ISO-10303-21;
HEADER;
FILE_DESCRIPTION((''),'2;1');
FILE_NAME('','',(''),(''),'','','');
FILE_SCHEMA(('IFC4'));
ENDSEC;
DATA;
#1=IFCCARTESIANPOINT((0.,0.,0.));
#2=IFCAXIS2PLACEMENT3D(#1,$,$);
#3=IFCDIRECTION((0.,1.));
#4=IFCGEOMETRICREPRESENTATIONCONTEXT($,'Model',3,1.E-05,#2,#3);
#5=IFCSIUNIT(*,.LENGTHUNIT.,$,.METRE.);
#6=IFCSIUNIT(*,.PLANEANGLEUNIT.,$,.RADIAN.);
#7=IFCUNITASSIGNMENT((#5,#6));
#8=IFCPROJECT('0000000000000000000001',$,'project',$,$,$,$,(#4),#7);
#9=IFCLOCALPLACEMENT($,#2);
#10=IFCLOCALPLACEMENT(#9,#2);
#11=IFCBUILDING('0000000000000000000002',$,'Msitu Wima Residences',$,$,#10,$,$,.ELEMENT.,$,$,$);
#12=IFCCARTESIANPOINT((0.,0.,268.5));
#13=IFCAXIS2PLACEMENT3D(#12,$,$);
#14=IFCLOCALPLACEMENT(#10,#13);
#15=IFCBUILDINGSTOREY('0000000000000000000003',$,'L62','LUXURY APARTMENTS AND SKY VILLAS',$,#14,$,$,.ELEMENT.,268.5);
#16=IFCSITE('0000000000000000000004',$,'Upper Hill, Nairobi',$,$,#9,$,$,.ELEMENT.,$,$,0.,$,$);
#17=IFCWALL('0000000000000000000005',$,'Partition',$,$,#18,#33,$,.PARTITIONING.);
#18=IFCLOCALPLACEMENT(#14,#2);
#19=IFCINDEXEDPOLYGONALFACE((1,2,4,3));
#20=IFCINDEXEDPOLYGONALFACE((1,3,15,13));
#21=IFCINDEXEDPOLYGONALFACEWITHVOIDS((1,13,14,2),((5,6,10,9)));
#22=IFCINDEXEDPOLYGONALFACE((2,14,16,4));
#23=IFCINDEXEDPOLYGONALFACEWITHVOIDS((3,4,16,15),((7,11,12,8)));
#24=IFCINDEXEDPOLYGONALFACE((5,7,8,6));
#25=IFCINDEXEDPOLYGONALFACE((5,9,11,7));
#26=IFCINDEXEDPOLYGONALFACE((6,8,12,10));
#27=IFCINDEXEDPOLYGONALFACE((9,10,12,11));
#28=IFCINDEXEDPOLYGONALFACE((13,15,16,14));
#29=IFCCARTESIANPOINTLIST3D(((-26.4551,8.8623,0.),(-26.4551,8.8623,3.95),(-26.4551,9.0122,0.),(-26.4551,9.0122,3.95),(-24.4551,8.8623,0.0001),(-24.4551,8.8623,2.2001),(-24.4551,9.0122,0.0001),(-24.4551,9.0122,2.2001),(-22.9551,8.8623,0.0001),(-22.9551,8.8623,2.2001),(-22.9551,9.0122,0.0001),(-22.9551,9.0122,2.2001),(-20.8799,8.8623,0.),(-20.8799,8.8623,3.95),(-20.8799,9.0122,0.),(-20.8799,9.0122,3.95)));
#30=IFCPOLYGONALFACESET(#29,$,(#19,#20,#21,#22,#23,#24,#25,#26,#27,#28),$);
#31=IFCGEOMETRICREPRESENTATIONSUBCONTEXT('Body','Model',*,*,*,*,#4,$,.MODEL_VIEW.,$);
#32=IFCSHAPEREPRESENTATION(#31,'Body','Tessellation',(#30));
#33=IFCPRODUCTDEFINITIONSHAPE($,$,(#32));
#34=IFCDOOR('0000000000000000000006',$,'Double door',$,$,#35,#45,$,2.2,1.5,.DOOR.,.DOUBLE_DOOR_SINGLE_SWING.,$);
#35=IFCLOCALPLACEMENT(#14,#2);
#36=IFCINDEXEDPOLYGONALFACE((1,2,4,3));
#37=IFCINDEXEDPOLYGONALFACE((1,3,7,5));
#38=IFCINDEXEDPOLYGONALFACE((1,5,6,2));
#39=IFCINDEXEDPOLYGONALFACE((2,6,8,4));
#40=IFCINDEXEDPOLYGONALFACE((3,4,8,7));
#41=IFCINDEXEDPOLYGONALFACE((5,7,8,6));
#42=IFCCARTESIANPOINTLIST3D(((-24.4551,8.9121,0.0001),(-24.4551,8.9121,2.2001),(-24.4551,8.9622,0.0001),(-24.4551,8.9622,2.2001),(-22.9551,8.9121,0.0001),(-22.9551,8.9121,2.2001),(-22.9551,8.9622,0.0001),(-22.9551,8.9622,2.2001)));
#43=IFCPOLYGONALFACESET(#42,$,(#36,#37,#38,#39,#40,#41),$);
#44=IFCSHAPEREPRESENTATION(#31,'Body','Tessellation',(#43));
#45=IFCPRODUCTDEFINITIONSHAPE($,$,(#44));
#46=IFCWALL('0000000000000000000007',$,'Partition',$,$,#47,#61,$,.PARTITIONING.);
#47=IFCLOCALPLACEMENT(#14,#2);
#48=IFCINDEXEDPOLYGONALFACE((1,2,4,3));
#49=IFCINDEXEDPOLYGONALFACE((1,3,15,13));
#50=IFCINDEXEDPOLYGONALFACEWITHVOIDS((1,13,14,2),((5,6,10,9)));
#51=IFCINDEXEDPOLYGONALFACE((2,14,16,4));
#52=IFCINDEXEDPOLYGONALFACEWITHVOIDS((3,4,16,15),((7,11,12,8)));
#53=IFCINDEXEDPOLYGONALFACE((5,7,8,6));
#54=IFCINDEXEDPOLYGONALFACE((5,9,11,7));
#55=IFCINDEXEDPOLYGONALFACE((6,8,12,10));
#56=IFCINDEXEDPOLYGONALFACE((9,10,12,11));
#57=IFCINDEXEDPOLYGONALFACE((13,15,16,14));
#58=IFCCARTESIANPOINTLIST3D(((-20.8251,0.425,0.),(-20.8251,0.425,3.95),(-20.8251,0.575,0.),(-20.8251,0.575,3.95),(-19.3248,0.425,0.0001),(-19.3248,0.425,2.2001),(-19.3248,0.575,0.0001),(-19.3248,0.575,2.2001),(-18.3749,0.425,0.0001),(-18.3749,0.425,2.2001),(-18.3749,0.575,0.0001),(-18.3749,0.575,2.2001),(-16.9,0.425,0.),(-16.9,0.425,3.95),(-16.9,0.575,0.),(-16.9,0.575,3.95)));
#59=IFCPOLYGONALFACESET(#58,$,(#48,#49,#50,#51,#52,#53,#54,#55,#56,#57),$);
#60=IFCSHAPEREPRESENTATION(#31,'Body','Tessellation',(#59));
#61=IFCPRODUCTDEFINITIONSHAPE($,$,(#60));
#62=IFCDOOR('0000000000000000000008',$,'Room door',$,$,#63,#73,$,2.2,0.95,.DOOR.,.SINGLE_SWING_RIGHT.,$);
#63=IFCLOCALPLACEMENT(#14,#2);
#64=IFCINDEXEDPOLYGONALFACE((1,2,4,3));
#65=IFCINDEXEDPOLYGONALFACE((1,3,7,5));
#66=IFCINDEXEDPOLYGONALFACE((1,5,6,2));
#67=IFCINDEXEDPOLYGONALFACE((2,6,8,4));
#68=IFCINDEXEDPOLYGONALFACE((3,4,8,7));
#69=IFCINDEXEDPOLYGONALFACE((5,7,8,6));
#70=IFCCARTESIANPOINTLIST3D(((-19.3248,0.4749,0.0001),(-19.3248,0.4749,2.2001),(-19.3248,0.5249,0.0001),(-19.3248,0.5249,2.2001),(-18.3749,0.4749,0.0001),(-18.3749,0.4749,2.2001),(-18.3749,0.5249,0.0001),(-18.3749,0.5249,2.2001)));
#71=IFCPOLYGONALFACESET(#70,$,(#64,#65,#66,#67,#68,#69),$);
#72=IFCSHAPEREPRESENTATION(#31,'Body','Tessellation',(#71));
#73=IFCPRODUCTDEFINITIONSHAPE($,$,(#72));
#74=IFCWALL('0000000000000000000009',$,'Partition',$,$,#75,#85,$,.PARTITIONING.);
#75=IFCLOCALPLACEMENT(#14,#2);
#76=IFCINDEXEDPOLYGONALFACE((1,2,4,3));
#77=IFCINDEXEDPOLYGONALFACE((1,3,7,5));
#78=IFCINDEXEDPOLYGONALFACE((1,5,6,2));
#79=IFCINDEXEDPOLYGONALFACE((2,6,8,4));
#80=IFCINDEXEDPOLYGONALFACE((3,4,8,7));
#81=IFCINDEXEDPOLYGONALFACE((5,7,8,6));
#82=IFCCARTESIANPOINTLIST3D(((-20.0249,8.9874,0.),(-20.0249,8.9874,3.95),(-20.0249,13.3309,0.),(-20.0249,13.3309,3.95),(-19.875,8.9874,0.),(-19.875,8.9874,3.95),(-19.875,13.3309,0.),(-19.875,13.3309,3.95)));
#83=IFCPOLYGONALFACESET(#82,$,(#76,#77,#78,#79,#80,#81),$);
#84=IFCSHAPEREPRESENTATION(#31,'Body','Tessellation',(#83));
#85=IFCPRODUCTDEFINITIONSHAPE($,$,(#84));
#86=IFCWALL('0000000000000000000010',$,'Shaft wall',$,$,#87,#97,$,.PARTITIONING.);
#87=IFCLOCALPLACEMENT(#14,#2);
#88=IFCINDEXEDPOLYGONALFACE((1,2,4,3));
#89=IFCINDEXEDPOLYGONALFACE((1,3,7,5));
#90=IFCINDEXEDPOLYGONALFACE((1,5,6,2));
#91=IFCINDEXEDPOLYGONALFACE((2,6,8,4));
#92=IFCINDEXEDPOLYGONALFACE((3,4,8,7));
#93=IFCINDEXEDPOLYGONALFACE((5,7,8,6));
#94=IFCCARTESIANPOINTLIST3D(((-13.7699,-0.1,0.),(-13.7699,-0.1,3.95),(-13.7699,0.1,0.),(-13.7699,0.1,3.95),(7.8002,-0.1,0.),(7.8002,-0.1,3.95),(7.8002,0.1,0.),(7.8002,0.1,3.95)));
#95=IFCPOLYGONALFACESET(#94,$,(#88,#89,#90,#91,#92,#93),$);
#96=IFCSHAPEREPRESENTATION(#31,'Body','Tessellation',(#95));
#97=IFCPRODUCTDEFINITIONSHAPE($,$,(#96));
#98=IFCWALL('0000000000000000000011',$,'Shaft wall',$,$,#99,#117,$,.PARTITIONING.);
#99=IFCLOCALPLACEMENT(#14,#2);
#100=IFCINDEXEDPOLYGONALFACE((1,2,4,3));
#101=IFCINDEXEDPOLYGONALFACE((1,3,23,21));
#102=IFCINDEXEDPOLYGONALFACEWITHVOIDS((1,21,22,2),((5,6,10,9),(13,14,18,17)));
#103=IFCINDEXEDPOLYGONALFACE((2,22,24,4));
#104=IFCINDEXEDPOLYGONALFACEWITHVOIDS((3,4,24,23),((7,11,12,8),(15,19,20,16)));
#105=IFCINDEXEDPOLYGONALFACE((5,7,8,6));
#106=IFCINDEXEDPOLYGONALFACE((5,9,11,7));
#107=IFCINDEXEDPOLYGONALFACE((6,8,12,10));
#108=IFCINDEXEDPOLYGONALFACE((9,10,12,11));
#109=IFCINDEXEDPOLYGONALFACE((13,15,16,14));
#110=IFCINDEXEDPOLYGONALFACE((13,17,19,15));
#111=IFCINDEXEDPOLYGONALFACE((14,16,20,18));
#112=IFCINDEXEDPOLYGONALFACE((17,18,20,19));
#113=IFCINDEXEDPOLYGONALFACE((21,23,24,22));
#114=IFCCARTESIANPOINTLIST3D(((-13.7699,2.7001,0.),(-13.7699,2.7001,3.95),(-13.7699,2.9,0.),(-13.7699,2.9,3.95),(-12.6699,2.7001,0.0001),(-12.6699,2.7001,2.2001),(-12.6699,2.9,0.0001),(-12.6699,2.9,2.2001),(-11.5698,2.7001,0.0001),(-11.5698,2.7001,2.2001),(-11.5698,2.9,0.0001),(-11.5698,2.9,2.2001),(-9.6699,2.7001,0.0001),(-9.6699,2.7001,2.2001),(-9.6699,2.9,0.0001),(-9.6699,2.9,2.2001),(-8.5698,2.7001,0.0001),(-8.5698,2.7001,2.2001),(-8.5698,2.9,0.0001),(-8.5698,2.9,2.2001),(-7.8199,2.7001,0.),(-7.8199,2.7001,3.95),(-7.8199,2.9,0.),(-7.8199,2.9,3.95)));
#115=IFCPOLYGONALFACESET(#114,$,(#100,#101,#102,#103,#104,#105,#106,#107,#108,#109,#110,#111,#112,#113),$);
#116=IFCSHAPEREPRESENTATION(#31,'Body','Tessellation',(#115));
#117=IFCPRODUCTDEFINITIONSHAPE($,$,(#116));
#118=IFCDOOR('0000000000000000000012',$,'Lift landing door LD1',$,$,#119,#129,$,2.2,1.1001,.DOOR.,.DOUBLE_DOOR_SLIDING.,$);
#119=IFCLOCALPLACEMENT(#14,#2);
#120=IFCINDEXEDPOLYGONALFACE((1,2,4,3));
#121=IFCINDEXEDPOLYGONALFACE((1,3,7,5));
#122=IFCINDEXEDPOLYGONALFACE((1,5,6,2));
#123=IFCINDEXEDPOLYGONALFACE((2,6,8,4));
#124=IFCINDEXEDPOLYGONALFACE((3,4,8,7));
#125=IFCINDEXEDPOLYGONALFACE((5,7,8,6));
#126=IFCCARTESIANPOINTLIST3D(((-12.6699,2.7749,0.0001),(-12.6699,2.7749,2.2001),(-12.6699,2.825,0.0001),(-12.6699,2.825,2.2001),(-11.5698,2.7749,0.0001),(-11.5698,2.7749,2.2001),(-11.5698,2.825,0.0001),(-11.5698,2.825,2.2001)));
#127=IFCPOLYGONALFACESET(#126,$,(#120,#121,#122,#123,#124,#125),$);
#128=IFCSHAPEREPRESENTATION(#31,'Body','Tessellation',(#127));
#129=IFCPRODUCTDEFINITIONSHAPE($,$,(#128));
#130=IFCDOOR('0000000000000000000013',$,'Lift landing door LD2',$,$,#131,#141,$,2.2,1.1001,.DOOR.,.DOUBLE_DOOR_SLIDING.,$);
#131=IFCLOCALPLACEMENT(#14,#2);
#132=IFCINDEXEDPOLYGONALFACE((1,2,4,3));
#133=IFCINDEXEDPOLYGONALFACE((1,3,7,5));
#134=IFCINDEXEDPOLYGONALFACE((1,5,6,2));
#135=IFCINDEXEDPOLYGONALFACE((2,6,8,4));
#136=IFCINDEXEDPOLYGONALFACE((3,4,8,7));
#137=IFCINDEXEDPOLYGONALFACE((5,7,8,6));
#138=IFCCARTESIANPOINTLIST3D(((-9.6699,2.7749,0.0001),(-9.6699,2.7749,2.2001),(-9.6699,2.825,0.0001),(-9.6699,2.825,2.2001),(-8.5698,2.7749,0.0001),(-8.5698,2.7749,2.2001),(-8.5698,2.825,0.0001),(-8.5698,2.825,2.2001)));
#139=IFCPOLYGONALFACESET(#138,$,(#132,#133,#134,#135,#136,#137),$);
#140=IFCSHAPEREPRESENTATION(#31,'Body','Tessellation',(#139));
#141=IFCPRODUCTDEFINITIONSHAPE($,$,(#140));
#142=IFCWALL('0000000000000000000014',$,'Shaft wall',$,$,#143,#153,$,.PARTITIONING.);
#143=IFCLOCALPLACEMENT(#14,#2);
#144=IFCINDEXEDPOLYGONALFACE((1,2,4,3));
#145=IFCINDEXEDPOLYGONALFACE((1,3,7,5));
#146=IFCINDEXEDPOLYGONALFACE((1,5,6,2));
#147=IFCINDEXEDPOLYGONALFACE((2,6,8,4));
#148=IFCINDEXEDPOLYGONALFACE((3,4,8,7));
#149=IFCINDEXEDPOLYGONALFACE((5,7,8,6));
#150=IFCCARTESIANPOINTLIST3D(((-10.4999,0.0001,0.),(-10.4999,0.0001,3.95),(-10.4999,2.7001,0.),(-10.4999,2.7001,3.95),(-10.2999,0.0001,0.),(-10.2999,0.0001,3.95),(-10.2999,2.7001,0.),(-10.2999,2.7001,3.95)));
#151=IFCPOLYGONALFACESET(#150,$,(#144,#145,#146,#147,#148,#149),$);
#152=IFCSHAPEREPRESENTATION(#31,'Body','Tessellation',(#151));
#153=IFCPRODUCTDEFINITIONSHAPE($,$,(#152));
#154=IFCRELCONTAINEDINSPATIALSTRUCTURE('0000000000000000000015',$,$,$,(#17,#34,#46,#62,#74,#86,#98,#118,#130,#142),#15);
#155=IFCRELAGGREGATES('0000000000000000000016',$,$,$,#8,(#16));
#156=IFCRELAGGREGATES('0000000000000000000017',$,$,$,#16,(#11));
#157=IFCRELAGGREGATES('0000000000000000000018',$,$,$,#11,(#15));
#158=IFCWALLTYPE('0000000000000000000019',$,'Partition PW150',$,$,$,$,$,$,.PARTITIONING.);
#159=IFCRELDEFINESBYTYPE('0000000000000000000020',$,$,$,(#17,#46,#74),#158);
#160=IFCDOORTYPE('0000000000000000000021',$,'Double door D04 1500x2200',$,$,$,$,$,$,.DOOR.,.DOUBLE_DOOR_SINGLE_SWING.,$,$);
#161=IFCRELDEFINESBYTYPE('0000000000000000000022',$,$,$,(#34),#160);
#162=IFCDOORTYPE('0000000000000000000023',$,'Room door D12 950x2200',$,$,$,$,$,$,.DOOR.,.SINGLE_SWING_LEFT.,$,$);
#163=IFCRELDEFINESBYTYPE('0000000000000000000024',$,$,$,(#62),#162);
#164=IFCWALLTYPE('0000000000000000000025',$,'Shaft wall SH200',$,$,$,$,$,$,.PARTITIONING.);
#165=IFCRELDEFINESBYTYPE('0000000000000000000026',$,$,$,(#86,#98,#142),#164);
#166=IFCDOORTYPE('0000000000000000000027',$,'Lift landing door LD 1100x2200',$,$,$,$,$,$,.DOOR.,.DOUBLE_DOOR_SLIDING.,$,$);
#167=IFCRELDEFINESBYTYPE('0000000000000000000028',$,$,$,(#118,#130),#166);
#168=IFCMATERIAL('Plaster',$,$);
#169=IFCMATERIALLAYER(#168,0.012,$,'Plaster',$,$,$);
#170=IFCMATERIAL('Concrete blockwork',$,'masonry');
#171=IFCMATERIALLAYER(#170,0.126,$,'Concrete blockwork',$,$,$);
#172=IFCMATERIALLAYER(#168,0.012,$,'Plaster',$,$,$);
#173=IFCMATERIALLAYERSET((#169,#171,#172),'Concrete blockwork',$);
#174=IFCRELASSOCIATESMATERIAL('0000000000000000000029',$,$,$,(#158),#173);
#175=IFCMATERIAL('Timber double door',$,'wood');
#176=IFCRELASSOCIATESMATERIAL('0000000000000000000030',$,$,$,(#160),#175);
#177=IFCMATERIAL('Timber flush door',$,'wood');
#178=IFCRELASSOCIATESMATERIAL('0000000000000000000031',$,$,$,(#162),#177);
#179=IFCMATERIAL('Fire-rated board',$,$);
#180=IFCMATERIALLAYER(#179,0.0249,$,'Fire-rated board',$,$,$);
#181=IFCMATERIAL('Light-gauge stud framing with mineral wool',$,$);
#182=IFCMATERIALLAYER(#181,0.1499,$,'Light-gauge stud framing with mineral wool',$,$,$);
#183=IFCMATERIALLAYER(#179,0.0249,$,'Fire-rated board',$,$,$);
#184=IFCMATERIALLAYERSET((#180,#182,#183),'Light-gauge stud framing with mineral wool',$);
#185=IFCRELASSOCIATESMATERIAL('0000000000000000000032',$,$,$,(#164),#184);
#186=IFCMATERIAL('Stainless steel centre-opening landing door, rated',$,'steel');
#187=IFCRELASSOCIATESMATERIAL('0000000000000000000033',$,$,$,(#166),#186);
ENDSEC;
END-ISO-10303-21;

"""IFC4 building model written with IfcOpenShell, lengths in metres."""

from ifc_helpers import new_model, si_unit, direction, frame, frame_2d, origin, place, context, subcontext, project, spatial, rectangle, extrude, material, layer, layer_set, type_object, element, fill, save


model = new_model("IFC4")

# Units and contexts
model_context = context("Model", 3, precision=1e-05, world=origin(), true_north=direction((0.0, 1.0)))
body_context = subcontext(model_context, "Body", "Model", "MODEL_VIEW")
ifc_project = project(units=[si_unit("LENGTHUNIT", "METRE"), si_unit("PLANEANGLEUNIT", "RADIAN")], contexts=[model_context])

# Site, building, storey
site_placement = place(None, origin())
site = spatial("IfcSite", under=ifc_project, at=site_placement, Name="Upper Hill, Nairobi", CompositionType="ELEMENT", RefElevation=0.0)
building_placement = place(site_placement, origin())
building = spatial("IfcBuilding", under=site, at=building_placement, Name="Msitu Wima Residences", CompositionType="ELEMENT")
storey_placement = place(building_placement, frame((0.0, 0.0, 268.5)))
storey = spatial("IfcBuildingStorey", under=building, at=storey_placement, Name="L62", Description="LUXURY APARTMENTS AND SKY VILLAS", CompositionType="ELEMENT", Elevation=268.5)

# Walls, openings, doors
ifc_material_1 = material(Name="Plaster")
ifc_layer_1 = layer(ifc_material_1, 0.012, Name="Plaster")
ifc_material_2 = material(Name="Concrete blockwork", Category="masonry")
ifc_layer_2 = layer(ifc_material_2, 0.126, Name="Concrete blockwork")
ifc_layer_3 = layer(ifc_material_1, 0.012, Name="Plaster")
ifc_layer_set_1 = layer_set([ifc_layer_1, ifc_layer_2, ifc_layer_3], Name="Concrete blockwork")
wall_type_1 = type_object("IfcWallType", Name="Partition PW150", PredefinedType="PARTITIONING", material=ifc_layer_set_1)
ifc_material_3 = material(Name="Timber double door", Category="wood")
door_type_1 = type_object("IfcDoorType", Name="Double door D04 1500x2200", OperationType="DOUBLE_DOOR_SINGLE_SWING", PredefinedType="DOOR", material=ifc_material_3)
wall_1_placement = place(storey_placement, frame((-26.4551, 8.9373, 0.0), z_axis=(0.0, 0.0, 1.0), x_axis=(1.0, 0.0, 0.0)))
wall_1 = element("IfcWall", 1, at=wall_1_placement, inside=storey, type_object=wall_type_1, Name="Partition", PredefinedType="PARTITIONING", context=body_context, shape_type="SweptSolid", body=[
    extrude(rectangle(XDim=5.5752, YDim=0.1499, at=frame_2d((2.7876, 0.0))), origin(), (0.0, 0.0, 1.0), 3.95),
])
opening_1_placement = place(wall_1_placement, frame((2.0, 0.0, 0.0)))
opening_1 = element("IfcOpeningElement", 2, at=opening_1_placement, cuts=wall_1, PredefinedType="OPENING", context=body_context, shape_type="SweptSolid", body=[
    extrude(rectangle(XDim=1.5, YDim=2.2, at=frame_2d((0.75, 1.1001))), frame((0.0, 0.085, 0.0), z_axis=(0.0, -1.0, 0.0), x_axis=(1.0, 0.0, 0.0)), (0.0, 0.0, 1.0), 0.1699),
])
door_1_placement = place(opening_1_placement, origin())
door_1 = element("IfcDoor", 3, at=door_1_placement, inside=storey, type_object=door_type_1, Name="Double door", OperationType="DOUBLE_DOOR_SINGLE_SWING", OverallHeight=2.2, OverallWidth=1.5, PredefinedType="DOOR", context=body_context, shape_type="SweptSolid", body=[
    extrude(rectangle(XDim=1.5, YDim=2.2, at=frame_2d((0.75, 1.1001))), frame((0.0, 0.0249, 0.0), z_axis=(0.0, -1.0, 0.0), x_axis=(1.0, 0.0, 0.0)), (0.0, 0.0, 1.0), 0.05),
])
fill(opening_1, door_1)
wall_2_placement = place(storey_placement, frame((-20.825, 0.5, 0.0), z_axis=(0.0, 0.0, 1.0), x_axis=(1.0, 0.0, 0.0)))
wall_2 = element("IfcWall", 4, at=wall_2_placement, inside=storey, type_object=wall_type_1, Name="Partition", PredefinedType="PARTITIONING", context=body_context, shape_type="SweptSolid", body=[
    extrude(rectangle(XDim=3.925, YDim=0.1499, at=frame_2d((1.9624, 0.0))), origin(), (0.0, 0.0, 1.0), 3.95),
])
opening_2_placement = place(wall_2_placement, frame((1.5, 0.0, 0.0)))
opening_2 = element("IfcOpeningElement", 5, at=opening_2_placement, cuts=wall_2, PredefinedType="OPENING", context=body_context, shape_type="SweptSolid", body=[
    extrude(rectangle(XDim=0.95, YDim=2.2, at=frame_2d((0.4751, 1.1001))), frame((0.0, 0.085, 0.0), z_axis=(0.0, -1.0, 0.0), x_axis=(1.0, 0.0, 0.0)), (0.0, 0.0, 1.0), 0.1699),
])
ifc_material_4 = material(Name="Timber flush door", Category="wood")
door_type_2 = type_object("IfcDoorType", Name="Room door D12 950x2200", OperationType="SINGLE_SWING_LEFT", PredefinedType="DOOR", material=ifc_material_4)
door_2_placement = place(opening_2_placement, origin())
door_2 = element("IfcDoor", 6, at=door_2_placement, inside=storey, type_object=door_type_2, Name="Room door", OperationType="SINGLE_SWING_RIGHT", OverallHeight=2.2, OverallWidth=0.95, PredefinedType="DOOR", context=body_context, shape_type="SweptSolid", body=[
    extrude(rectangle(XDim=0.95, YDim=2.2, at=frame_2d((0.4751, 1.1001))), frame((0.0, 0.0249, 0.0), z_axis=(0.0, -1.0, 0.0), x_axis=(1.0, 0.0, 0.0)), (0.0, 0.0, 1.0), 0.05),
])
fill(opening_2, door_2)

# Walls
wall_3_placement = place(storey_placement, frame((-19.95, 8.9873, 0.0), z_axis=(0.0, 0.0, 1.0), x_axis=(0.0, 1.0, 0.0)))
element("IfcWall", 7, at=wall_3_placement, inside=storey, type_object=wall_type_1, Name="Partition", PredefinedType="PARTITIONING", context=body_context, shape_type="SweptSolid", body=[
    extrude(rectangle(XDim=4.3435, YDim=0.1499, at=frame_2d((2.1719, 0.0))), origin(), (0.0, 0.0, 1.0), 3.95),
])
ifc_material_5 = material(Name="Fire-rated board")
ifc_layer_4 = layer(ifc_material_5, 0.0249, Name="Fire-rated board")
ifc_material_6 = material(Name="Light-gauge stud framing with mineral wool")
ifc_layer_5 = layer(ifc_material_6, 0.1499, Name="Light-gauge stud framing with mineral wool")
ifc_layer_6 = layer(ifc_material_5, 0.0249, Name="Fire-rated board")
ifc_layer_set_2 = layer_set([ifc_layer_4, ifc_layer_5, ifc_layer_6], Name="Light-gauge stud framing with mineral wool")
wall_type_2 = type_object("IfcWallType", Name="Shaft wall SH200", PredefinedType="PARTITIONING", material=ifc_layer_set_2)
wall_4_placement = place(storey_placement, frame((-13.77, 0.0, 0.0), z_axis=(0.0, 0.0, 1.0), x_axis=(1.0, 0.0, 0.0)))
element("IfcWall", 8, at=wall_4_placement, inside=storey, type_object=wall_type_2, Name="Shaft wall", PredefinedType="PARTITIONING", context=body_context, shape_type="SweptSolid", body=[
    extrude(rectangle(XDim=21.5701, YDim=0.2, at=frame_2d((10.7852, 0.0))), origin(), (0.0, 0.0, 1.0), 3.95),
])

# Wall, openings, doors
wall_5_placement = place(storey_placement, frame((-13.77, 2.8, 0.0), z_axis=(0.0, 0.0, 1.0), x_axis=(1.0, 0.0, 0.0)))
wall_5 = element("IfcWall", 9, at=wall_5_placement, inside=storey, type_object=wall_type_2, Name="Shaft wall", PredefinedType="PARTITIONING", context=body_context, shape_type="SweptSolid", body=[
    extrude(rectangle(XDim=5.95, YDim=0.2, at=frame_2d((2.9751, 0.0))), origin(), (0.0, 0.0, 1.0), 3.95),
])
opening_3_placement = place(wall_5_placement, frame((1.1001, 0.0, 0.0)))
opening_3 = element("IfcOpeningElement", 10, at=opening_3_placement, cuts=wall_5, PredefinedType="OPENING", context=body_context, shape_type="SweptSolid", body=[
    extrude(rectangle(XDim=1.1001, YDim=2.2, at=frame_2d((0.55, 1.1001))), frame((0.0, 0.1099, 0.0), z_axis=(0.0, -1.0, 0.0), x_axis=(1.0, 0.0, 0.0)), (0.0, 0.0, 1.0), 0.22),
])
opening_4_placement = place(wall_5_placement, frame((4.1001, 0.0, 0.0)))
opening_4 = element("IfcOpeningElement", 11, at=opening_4_placement, cuts=wall_5, PredefinedType="OPENING", context=body_context, shape_type="SweptSolid", body=[
    extrude(rectangle(XDim=1.1001, YDim=2.2, at=frame_2d((0.55, 1.1001))), frame((0.0, 0.1099, 0.0), z_axis=(0.0, -1.0, 0.0), x_axis=(1.0, 0.0, 0.0)), (0.0, 0.0, 1.0), 0.22),
])
ifc_material_7 = material(Name="Stainless steel centre-opening landing door, rated", Category="steel")
door_type_3 = type_object("IfcDoorType", Name="Lift landing door LD 1100x2200", OperationType="DOUBLE_DOOR_SLIDING", PredefinedType="DOOR", material=ifc_material_7)
door_3_placement = place(opening_3_placement, origin())
door_3 = element("IfcDoor", 12, at=door_3_placement, inside=storey, type_object=door_type_3, Name="Lift landing door LD1", OperationType="DOUBLE_DOOR_SLIDING", OverallHeight=2.2, OverallWidth=1.1001, PredefinedType="DOOR", context=body_context, shape_type="SweptSolid", body=[
    extrude(rectangle(XDim=1.1001, YDim=2.2, at=frame_2d((0.55, 1.1001))), frame((0.0, 0.0249, 0.0), z_axis=(0.0, -1.0, 0.0), x_axis=(1.0, 0.0, 0.0)), (0.0, 0.0, 1.0), 0.05),
])
fill(opening_3, door_3)
door_4_placement = place(opening_4_placement, origin())
door_4 = element("IfcDoor", 13, at=door_4_placement, inside=storey, type_object=door_type_3, Name="Lift landing door LD2", OperationType="DOUBLE_DOOR_SLIDING", OverallHeight=2.2, OverallWidth=1.1001, PredefinedType="DOOR", context=body_context, shape_type="SweptSolid", body=[
    extrude(rectangle(XDim=1.1001, YDim=2.2, at=frame_2d((0.55, 1.1001))), frame((0.0, 0.0249, 0.0), z_axis=(0.0, -1.0, 0.0), x_axis=(1.0, 0.0, 0.0)), (0.0, 0.0, 1.0), 0.05),
])
fill(opening_4, door_4)

# Wall
wall_6_placement = place(storey_placement, frame((-10.3999, 0.0, 0.0), z_axis=(0.0, 0.0, 1.0), x_axis=(0.0, 1.0, 0.0)))
element("IfcWall", 14, at=wall_6_placement, inside=storey, type_object=wall_type_2, Name="Shaft wall", PredefinedType="PARTITIONING", context=body_context, shape_type="SweptSolid", body=[
    extrude(rectangle(XDim=2.7, YDim=0.2, at=frame_2d((1.3501, 0.0))), origin(), (0.0, 0.0, 1.0), 3.95),
])

save(model, "model.ifc")
